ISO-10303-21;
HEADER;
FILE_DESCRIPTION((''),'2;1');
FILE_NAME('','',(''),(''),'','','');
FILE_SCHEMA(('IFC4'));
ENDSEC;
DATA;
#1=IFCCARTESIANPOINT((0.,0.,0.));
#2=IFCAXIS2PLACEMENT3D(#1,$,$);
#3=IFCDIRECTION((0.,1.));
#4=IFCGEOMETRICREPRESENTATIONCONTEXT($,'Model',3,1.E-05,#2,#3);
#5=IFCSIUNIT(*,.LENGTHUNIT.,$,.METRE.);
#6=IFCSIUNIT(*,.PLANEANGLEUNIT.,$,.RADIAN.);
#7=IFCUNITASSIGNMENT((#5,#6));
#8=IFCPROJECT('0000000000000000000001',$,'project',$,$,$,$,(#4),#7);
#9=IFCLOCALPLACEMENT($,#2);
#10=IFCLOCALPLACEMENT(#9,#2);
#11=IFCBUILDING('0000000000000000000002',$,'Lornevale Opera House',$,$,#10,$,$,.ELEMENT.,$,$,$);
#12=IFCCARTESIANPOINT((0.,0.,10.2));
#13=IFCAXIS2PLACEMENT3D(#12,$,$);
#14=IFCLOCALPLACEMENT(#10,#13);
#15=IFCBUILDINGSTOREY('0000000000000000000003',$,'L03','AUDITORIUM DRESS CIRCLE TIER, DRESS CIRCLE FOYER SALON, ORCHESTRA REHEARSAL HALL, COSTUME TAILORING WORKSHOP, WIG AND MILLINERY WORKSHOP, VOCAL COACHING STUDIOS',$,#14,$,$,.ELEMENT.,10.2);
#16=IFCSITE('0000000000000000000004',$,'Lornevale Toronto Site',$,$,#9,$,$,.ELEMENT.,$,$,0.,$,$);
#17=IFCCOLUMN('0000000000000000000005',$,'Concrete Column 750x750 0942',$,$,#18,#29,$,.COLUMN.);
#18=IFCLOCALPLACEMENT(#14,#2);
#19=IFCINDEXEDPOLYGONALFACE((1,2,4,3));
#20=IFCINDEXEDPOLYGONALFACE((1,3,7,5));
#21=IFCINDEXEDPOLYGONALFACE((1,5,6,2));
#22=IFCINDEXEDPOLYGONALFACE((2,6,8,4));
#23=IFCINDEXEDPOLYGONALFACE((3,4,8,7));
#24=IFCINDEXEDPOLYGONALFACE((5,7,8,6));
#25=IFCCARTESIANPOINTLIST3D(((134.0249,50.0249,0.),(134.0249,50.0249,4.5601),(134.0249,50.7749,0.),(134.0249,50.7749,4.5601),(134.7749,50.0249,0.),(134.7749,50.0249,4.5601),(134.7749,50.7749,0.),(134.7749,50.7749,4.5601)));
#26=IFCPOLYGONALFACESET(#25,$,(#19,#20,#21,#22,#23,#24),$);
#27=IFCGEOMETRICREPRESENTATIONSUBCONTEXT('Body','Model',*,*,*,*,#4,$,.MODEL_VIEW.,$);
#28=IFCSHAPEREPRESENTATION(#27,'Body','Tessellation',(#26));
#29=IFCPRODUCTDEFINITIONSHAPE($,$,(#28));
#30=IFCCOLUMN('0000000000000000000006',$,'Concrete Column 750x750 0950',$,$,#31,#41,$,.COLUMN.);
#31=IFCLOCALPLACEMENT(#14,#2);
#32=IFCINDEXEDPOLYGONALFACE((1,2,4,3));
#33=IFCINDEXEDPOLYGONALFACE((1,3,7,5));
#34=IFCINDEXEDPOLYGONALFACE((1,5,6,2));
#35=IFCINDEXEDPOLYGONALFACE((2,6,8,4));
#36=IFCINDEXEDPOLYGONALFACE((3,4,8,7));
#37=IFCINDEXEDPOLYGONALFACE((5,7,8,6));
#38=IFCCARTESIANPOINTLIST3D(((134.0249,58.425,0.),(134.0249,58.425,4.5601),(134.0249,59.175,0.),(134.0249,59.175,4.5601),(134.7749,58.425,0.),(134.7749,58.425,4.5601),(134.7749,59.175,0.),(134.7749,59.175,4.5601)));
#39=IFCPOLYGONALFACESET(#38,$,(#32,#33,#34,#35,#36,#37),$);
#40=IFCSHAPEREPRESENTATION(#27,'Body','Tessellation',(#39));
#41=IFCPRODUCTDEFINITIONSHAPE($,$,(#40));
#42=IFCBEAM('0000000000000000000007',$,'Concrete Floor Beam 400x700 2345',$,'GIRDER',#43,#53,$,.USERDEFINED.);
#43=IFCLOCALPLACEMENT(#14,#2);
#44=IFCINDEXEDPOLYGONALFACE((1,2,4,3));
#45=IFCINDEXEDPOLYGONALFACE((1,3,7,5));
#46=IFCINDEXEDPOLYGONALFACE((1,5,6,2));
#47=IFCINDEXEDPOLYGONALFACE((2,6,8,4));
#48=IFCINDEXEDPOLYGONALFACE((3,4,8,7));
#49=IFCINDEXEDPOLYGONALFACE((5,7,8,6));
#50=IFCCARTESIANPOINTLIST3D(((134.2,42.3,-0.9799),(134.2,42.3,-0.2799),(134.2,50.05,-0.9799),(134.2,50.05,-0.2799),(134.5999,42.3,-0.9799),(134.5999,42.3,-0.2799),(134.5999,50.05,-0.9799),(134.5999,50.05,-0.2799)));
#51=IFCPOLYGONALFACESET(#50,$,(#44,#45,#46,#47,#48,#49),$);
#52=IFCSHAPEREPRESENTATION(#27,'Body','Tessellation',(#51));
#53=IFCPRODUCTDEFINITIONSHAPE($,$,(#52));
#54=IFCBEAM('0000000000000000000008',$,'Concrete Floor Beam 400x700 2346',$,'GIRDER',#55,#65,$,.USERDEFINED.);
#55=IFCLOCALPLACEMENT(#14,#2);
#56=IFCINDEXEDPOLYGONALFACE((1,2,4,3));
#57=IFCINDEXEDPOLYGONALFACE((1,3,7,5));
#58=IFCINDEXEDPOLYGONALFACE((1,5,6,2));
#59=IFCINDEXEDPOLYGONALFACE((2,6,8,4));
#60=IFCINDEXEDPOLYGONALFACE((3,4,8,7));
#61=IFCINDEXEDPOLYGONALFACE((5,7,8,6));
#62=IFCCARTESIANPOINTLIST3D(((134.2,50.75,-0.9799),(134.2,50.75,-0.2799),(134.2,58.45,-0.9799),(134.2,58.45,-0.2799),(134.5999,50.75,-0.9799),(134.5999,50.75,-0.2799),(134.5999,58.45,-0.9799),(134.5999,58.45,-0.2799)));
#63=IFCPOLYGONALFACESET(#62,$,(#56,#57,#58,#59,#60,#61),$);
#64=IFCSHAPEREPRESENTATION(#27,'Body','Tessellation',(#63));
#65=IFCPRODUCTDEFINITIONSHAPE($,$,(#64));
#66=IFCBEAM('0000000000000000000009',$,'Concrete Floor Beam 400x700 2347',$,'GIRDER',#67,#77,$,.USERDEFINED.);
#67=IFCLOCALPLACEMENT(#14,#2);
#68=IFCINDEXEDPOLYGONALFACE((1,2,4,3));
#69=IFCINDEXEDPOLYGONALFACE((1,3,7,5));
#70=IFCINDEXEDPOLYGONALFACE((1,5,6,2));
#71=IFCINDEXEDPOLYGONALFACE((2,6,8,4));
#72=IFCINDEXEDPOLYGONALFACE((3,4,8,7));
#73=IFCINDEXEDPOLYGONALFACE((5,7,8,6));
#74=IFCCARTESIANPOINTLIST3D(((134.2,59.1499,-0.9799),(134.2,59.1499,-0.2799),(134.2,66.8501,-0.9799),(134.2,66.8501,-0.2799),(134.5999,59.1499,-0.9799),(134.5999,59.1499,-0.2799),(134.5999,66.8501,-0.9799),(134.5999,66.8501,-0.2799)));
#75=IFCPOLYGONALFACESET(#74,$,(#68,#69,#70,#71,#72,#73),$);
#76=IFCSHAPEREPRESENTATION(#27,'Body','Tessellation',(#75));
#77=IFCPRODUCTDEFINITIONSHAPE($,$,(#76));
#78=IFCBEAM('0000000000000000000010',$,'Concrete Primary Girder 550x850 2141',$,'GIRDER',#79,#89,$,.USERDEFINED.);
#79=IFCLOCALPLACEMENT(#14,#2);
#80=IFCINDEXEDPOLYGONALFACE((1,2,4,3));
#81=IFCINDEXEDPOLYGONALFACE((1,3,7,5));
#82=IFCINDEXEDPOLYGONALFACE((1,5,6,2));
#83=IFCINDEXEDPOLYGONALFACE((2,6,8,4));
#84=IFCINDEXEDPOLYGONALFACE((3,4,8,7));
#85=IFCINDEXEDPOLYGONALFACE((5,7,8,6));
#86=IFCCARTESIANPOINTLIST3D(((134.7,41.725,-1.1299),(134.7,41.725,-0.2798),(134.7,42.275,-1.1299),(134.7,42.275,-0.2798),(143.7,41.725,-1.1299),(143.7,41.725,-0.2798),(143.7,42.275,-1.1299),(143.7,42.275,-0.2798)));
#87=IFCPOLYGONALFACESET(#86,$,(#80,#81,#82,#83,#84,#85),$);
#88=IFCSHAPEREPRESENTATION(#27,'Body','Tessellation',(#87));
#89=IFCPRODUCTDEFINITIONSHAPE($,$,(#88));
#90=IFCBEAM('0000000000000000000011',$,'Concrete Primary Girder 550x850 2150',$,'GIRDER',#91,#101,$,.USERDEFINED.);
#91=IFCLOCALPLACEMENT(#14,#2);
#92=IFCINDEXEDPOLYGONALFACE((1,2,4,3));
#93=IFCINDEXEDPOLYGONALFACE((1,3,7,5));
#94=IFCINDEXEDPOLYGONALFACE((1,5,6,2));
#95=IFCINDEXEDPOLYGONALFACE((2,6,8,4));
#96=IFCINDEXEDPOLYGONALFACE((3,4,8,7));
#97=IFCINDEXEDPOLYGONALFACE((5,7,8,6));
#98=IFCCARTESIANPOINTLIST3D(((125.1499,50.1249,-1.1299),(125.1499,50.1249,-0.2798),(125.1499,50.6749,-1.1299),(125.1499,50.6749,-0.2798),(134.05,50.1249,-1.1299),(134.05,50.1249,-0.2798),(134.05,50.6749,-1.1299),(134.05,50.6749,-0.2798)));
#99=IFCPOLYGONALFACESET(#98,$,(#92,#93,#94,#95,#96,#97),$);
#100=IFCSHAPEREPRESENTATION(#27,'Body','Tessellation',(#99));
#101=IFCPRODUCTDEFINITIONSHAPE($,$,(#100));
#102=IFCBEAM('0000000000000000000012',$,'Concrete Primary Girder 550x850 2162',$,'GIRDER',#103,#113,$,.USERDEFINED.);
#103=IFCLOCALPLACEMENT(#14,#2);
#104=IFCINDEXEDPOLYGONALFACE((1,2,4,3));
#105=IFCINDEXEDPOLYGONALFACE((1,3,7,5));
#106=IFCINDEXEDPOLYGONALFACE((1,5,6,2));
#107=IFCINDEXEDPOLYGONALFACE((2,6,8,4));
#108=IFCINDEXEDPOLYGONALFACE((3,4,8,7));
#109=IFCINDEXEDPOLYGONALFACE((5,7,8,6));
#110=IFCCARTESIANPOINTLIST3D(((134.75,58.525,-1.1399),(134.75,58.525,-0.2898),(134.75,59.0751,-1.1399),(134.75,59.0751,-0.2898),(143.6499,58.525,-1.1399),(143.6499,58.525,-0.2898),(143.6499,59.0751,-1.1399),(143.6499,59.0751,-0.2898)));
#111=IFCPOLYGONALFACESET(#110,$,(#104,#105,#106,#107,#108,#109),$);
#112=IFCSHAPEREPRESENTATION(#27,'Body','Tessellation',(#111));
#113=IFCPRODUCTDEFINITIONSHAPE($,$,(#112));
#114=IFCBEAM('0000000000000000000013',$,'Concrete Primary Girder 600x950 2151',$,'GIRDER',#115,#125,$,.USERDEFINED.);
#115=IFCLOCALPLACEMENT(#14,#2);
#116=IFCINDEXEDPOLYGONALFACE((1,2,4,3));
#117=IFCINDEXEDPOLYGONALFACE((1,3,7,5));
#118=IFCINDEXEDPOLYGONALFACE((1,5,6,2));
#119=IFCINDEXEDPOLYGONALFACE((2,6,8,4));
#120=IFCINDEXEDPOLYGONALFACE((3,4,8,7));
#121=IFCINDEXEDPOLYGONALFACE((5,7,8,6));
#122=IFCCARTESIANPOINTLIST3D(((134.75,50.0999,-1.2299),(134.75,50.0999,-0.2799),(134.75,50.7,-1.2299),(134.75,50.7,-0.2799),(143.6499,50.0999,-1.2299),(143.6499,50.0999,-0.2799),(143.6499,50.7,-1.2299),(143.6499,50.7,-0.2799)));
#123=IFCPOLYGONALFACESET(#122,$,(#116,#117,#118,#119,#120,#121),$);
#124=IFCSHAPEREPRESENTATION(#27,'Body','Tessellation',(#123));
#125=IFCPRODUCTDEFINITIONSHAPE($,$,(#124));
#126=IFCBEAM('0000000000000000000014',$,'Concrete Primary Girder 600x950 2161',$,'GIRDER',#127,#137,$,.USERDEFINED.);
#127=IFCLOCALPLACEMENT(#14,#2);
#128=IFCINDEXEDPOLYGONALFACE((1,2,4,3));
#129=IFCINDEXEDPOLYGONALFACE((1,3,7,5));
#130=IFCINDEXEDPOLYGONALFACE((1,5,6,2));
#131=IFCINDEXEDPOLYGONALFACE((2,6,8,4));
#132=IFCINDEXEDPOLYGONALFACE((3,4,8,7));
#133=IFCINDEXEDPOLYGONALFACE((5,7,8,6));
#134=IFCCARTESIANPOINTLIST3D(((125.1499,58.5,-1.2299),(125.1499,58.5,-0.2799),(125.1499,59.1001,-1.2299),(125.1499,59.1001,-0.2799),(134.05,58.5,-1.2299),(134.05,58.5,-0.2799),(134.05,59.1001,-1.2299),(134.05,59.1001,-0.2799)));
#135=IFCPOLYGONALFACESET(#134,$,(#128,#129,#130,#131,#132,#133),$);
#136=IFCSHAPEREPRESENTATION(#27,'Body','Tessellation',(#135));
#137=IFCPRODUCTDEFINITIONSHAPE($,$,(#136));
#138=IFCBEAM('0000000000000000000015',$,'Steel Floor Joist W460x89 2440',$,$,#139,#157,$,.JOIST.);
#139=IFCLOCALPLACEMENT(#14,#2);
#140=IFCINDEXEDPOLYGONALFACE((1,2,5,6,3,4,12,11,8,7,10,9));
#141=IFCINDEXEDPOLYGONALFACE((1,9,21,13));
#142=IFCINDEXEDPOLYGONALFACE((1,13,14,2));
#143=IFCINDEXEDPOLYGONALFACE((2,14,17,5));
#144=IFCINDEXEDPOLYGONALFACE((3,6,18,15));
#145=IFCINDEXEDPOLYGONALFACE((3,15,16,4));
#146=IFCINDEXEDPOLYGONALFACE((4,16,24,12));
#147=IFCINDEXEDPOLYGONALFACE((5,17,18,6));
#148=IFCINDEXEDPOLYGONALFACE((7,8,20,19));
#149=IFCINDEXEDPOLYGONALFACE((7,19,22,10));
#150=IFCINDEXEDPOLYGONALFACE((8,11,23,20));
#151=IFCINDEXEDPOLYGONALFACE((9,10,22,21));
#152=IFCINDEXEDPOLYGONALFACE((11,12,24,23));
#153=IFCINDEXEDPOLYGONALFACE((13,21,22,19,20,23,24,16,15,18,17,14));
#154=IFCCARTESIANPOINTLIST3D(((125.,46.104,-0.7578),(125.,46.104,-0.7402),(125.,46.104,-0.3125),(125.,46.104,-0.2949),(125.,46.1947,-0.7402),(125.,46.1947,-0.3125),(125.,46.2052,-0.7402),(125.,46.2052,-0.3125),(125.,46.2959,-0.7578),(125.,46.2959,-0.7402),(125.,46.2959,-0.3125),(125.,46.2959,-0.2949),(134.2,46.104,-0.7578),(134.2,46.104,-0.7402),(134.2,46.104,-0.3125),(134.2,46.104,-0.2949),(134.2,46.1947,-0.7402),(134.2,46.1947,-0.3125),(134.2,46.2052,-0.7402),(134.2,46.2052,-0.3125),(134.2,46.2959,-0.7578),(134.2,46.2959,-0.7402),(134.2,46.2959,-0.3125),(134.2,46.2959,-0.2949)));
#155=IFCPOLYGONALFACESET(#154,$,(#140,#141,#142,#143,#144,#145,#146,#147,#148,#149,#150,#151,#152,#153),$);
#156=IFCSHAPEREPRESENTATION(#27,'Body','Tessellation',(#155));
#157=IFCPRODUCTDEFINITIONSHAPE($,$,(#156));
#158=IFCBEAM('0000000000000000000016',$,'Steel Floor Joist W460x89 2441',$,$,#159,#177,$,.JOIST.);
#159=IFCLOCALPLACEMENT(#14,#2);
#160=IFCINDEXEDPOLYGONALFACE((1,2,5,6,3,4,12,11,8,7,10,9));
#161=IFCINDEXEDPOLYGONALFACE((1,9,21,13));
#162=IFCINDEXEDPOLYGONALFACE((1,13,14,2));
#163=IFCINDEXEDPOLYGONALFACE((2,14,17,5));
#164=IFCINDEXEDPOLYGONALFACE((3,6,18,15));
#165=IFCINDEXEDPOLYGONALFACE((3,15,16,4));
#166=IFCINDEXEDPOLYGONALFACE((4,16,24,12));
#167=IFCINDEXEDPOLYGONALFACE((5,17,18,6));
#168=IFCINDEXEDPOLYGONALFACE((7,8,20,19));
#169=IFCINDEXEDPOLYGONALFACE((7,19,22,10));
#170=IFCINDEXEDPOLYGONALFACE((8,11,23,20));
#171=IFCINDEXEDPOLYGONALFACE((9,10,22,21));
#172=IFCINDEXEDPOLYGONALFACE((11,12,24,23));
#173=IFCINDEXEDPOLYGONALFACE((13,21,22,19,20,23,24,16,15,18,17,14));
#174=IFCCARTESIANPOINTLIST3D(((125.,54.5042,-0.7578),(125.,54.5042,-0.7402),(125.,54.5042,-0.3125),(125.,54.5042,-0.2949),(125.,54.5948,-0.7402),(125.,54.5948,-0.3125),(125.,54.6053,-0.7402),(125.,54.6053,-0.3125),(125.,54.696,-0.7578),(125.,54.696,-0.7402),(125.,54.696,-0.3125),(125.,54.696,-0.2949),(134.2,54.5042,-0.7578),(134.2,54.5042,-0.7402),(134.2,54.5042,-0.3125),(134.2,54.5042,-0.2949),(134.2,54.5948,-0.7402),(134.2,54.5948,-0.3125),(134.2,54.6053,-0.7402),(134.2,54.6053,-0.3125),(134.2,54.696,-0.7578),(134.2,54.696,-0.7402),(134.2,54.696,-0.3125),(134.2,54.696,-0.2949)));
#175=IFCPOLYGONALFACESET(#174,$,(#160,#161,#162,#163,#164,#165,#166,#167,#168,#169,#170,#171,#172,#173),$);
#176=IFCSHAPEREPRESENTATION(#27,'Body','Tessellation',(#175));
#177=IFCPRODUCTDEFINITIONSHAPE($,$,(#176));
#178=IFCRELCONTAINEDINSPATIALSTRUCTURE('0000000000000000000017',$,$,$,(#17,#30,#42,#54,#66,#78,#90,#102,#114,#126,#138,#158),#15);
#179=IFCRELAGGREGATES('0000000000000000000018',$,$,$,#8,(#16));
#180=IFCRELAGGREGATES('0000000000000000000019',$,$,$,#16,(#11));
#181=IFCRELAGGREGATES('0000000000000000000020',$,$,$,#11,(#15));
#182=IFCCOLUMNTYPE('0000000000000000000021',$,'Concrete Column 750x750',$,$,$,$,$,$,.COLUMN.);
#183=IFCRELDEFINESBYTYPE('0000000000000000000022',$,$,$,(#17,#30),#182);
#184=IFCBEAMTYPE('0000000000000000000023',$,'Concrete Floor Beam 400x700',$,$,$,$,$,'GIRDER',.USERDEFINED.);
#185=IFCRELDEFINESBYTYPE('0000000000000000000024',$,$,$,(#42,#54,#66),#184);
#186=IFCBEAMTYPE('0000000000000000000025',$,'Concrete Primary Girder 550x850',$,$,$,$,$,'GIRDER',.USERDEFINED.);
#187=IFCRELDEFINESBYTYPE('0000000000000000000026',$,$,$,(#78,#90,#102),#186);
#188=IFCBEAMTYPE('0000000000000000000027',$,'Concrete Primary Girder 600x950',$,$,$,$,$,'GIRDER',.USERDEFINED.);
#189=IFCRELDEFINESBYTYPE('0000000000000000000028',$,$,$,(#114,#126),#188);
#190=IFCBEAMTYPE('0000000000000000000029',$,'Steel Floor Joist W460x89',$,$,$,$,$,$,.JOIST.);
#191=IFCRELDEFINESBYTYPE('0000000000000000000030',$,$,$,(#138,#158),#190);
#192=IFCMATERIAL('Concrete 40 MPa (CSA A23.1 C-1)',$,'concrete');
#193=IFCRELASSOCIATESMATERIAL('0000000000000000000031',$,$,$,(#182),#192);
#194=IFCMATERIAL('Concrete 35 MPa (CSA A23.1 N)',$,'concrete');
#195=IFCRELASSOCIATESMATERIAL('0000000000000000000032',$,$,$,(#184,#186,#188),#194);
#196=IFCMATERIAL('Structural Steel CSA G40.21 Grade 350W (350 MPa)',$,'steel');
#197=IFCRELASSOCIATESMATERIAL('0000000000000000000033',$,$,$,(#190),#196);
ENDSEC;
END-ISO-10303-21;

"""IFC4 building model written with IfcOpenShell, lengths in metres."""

from ifc_helpers import new_model, si_unit, direction, frame, origin, origin_2d, place, context, subcontext, project, spatial, rectangle, i_section, extrude, material, material_profile, profile_set, type_object, element, save


model = new_model("IFC4")

# Units and contexts
model_context = context("Model", 3, precision=1e-05, world=origin(), true_north=direction((0.0, 1.0)))
body_context = subcontext(model_context, "Body", "Model", "MODEL_VIEW")
ifc_project = project(units=[si_unit("LENGTHUNIT", "METRE"), si_unit("PLANEANGLEUNIT", "RADIAN")], contexts=[model_context])

# Site, building, storey
site_placement = place(None, origin())
site = spatial("IfcSite", under=ifc_project, at=site_placement, Name="Lornevale Toronto Site", CompositionType="ELEMENT", RefElevation=0.0)
building_placement = place(site_placement, origin())
building = spatial("IfcBuilding", under=site, at=building_placement, Name="Lornevale Opera House", CompositionType="ELEMENT")
storey_placement = place(building_placement, frame((0.0, 0.0, 10.2)))
storey = spatial("IfcBuildingStorey", under=building, at=storey_placement, Name="L03", Description="AUDITORIUM DRESS CIRCLE TIER, DRESS CIRCLE FOYER SALON, ORCHESTRA REHEARSAL HALL, COSTUME TAILORING WORKSHOP, WIG AND MILLINERY WORKSHOP, VOCAL COACHING STUDIOS", CompositionType="ELEMENT", Elevation=10.2)

# Columns
ifc_material_1 = material(Name="Concrete 40 MPa (CSA A23.1 C-1)", Category="concrete")
ifc_material_profile_1 = material_profile(ifc_material_1, rectangle(XDim=0.75, YDim=0.75, at=origin_2d()), Name="RC750x750")
ifc_profile_set_1 = profile_set([ifc_material_profile_1], Name="Concrete 40 MPa (CSA A23.1 C-1)")
column_type = type_object("IfcColumnType", Name="Concrete Column 750x750", PredefinedType="COLUMN", material=ifc_profile_set_1)
for number, where, z_axis, x_axis, name in (
    (1, (134.3999, 50.3999, 0.0), (0.0, 0.0, 1.0), (1.0, 0.0, 0.0), "Concrete Column 750x750 0942"),
    (2, (134.3999, 58.8, 0.0), (0.0, 0.0, 1.0), (1.0, 0.0, 0.0), "Concrete Column 750x750 0950"),
):
    element("IfcColumn", number, at=place(storey_placement, frame(where, z_axis=z_axis, x_axis=x_axis)), inside=storey, type_object=column_type, Name=name, PredefinedType="COLUMN", context=body_context, shape_type="SweptSolid", body=[
        extrude(rectangle(XDim=0.75, YDim=0.75, at=origin_2d()), origin(), (0.0, 0.0, 1.0), 4.5601),
    ])

# Beams
ifc_material_2 = material(Name="Concrete 35 MPa (CSA A23.1 N)", Category="concrete")
ifc_material_profile_2 = material_profile(ifc_material_2, rectangle(XDim=0.3999, YDim=0.7, at=origin_2d()), Name="RC400x700")
ifc_profile_set_2 = profile_set([ifc_material_profile_2], Name="Concrete 35 MPa (CSA A23.1 N)")
beam_type_1 = type_object("IfcBeamType", Name="Concrete Floor Beam 400x700", ElementType="GIRDER", PredefinedType="USERDEFINED", material=ifc_profile_set_2)
beam_1_placement = place(storey_placement, frame((134.3999, 42.3, -0.6299), z_axis=(0.0, 1.0, 0.0), x_axis=(-1.0, 0.0, 0.0)))
element("IfcBeam", 3, at=beam_1_placement, inside=storey, type_object=beam_type_1, Name="Concrete Floor Beam 400x700 2345", ObjectType="GIRDER", PredefinedType="USERDEFINED", context=body_context, shape_type="SweptSolid", body=[
    extrude(rectangle(XDim=0.3999, YDim=0.7, at=origin_2d()), origin(), (0.0, 0.0, 1.0), 7.75),
])
beam_2_placement = place(storey_placement, frame((134.3999, 50.75, -0.6299), z_axis=(0.0, 1.0, 0.0), x_axis=(-1.0, 0.0, 0.0)))
element("IfcBeam", 4, at=beam_2_placement, inside=storey, type_object=beam_type_1, Name="Concrete Floor Beam 400x700 2346", ObjectType="GIRDER", PredefinedType="USERDEFINED", context=body_context, shape_type="SweptSolid", body=[
    extrude(rectangle(XDim=0.3999, YDim=0.7, at=origin_2d()), origin(), (0.0, 0.0, 1.0), 7.7),
])
beam_3_placement = place(storey_placement, frame((134.3999, 59.1499, -0.6299), z_axis=(0.0, 1.0, 0.0), x_axis=(-1.0, 0.0, 0.0)))
element("IfcBeam", 5, at=beam_3_placement, inside=storey, type_object=beam_type_1, Name="Concrete Floor Beam 400x700 2347", ObjectType="GIRDER", PredefinedType="USERDEFINED", context=body_context, shape_type="SweptSolid", body=[
    extrude(rectangle(XDim=0.3999, YDim=0.7, at=origin_2d()), origin(), (0.0, 0.0, 1.0), 7.7002),
])
ifc_material_profile_3 = material_profile(ifc_material_2, rectangle(XDim=0.55, YDim=0.8501, at=origin_2d()), Name="RC550x850")
ifc_profile_set_3 = profile_set([ifc_material_profile_3], Name="Concrete 35 MPa (CSA A23.1 N)")
beam_type_2 = type_object("IfcBeamType", Name="Concrete Primary Girder 550x850", ElementType="GIRDER", PredefinedType="USERDEFINED", material=ifc_profile_set_3)
beam_4_placement = place(storey_placement, frame((134.7, 42.0, -0.7048), z_axis=(1.0, 0.0, 0.0), x_axis=(0.0, 1.0, 0.0)))
element("IfcBeam", 6, at=beam_4_placement, inside=storey, type_object=beam_type_2, Name="Concrete Primary Girder 550x850 2141", ObjectType="GIRDER", PredefinedType="USERDEFINED", context=body_context, shape_type="SweptSolid", body=[
    extrude(rectangle(XDim=0.55, YDim=0.8501, at=origin_2d()), origin(), (0.0, 0.0, 1.0), 9.0),
])
beam_5_placement = place(storey_placement, frame((125.1499, 50.3999, -0.7048), z_axis=(1.0, 0.0, 0.0), x_axis=(0.0, 1.0, 0.0)))
element("IfcBeam", 7, at=beam_5_placement, inside=storey, type_object=beam_type_2, Name="Concrete Primary Girder 550x850 2150", ObjectType="GIRDER", PredefinedType="USERDEFINED", context=body_context, shape_type="SweptSolid", body=[
    extrude(rectangle(XDim=0.55, YDim=0.8501, at=origin_2d()), origin(), (0.0, 0.0, 1.0), 8.9001),
])
beam_6_placement = place(storey_placement, frame((134.75, 58.8, -0.7148), z_axis=(1.0, 0.0, 0.0), x_axis=(0.0, 1.0, 0.0)))
element("IfcBeam", 8, at=beam_6_placement, inside=storey, type_object=beam_type_2, Name="Concrete Primary Girder 550x850 2162", ObjectType="GIRDER", PredefinedType="USERDEFINED", context=body_context, shape_type="SweptSolid", body=[
    extrude(rectangle(XDim=0.55, YDim=0.8501, at=origin_2d()), origin(), (0.0, 0.0, 1.0), 8.8999),
])
ifc_material_profile_4 = material_profile(ifc_material_2, rectangle(XDim=0.6001, YDim=0.95, at=origin_2d()), Name="RC600x950")
ifc_profile_set_4 = profile_set([ifc_material_profile_4], Name="Concrete 35 MPa (CSA A23.1 N)")
beam_type_3 = type_object("IfcBeamType", Name="Concrete Primary Girder 600x950", ElementType="GIRDER", PredefinedType="USERDEFINED", material=ifc_profile_set_4)
beam_7_placement = place(storey_placement, frame((134.75, 50.3999, -0.7549), z_axis=(1.0, 0.0, 0.0), x_axis=(0.0, 1.0, 0.0)))
element("IfcBeam", 9, at=beam_7_placement, inside=storey, type_object=beam_type_3, Name="Concrete Primary Girder 600x950 2151", ObjectType="GIRDER", PredefinedType="USERDEFINED", context=body_context, shape_type="SweptSolid", body=[
    extrude(rectangle(XDim=0.6001, YDim=0.95, at=origin_2d()), origin(), (0.0, 0.0, 1.0), 8.8999),
])
beam_8_placement = place(storey_placement, frame((125.1499, 58.8, -0.7549), z_axis=(1.0, 0.0, 0.0), x_axis=(0.0, 1.0, 0.0)))
element("IfcBeam", 10, at=beam_8_placement, inside=storey, type_object=beam_type_3, Name="Concrete Primary Girder 600x950 2161", ObjectType="GIRDER", PredefinedType="USERDEFINED", context=body_context, shape_type="SweptSolid", body=[
    extrude(rectangle(XDim=0.6001, YDim=0.95, at=origin_2d()), origin(), (0.0, 0.0, 1.0), 8.9001),
])
ifc_material_3 = material(Name="Structural Steel CSA G40.21 Grade 350W (350 MPa)", Category="steel")
ifc_material_profile_5 = material_profile(ifc_material_3, i_section(OverallWidth=0.1919, OverallDepth=0.4629, WebThickness=0.0105, FlangeThickness=0.0176, at=origin_2d()), Name="W460x89")
ifc_profile_set_5 = profile_set([ifc_material_profile_5], Name="Structural Steel CSA G40.21 Grade 350W (350 MPa)")
beam_type_4 = type_object("IfcBeamType", Name="Steel Floor Joist W460x89", PredefinedType="JOIST", material=ifc_profile_set_5)
for number, where, z_axis, x_axis, name in (
    (11, (125.0, 46.2, -0.5264), (1.0, 0.0, 0.0), (0.0, 1.0, 0.0), "Steel Floor Joist W460x89 2440"),
    (12, (125.0, 54.6001, -0.5264), (1.0, 0.0, 0.0), (0.0, 1.0, 0.0), "Steel Floor Joist W460x89 2441"),
):
    element("IfcBeam", number, at=place(storey_placement, frame(where, z_axis=z_axis, x_axis=x_axis)), inside=storey, type_object=beam_type_4, Name=name, PredefinedType="JOIST", context=body_context, shape_type="SweptSolid", body=[
        extrude(i_section(OverallWidth=0.1919, OverallDepth=0.4629, WebThickness=0.0105, FlangeThickness=0.0176, at=origin_2d()), origin(), (0.0, 0.0, 1.0), 9.2),
    ])

save(model, "model.ifc")
